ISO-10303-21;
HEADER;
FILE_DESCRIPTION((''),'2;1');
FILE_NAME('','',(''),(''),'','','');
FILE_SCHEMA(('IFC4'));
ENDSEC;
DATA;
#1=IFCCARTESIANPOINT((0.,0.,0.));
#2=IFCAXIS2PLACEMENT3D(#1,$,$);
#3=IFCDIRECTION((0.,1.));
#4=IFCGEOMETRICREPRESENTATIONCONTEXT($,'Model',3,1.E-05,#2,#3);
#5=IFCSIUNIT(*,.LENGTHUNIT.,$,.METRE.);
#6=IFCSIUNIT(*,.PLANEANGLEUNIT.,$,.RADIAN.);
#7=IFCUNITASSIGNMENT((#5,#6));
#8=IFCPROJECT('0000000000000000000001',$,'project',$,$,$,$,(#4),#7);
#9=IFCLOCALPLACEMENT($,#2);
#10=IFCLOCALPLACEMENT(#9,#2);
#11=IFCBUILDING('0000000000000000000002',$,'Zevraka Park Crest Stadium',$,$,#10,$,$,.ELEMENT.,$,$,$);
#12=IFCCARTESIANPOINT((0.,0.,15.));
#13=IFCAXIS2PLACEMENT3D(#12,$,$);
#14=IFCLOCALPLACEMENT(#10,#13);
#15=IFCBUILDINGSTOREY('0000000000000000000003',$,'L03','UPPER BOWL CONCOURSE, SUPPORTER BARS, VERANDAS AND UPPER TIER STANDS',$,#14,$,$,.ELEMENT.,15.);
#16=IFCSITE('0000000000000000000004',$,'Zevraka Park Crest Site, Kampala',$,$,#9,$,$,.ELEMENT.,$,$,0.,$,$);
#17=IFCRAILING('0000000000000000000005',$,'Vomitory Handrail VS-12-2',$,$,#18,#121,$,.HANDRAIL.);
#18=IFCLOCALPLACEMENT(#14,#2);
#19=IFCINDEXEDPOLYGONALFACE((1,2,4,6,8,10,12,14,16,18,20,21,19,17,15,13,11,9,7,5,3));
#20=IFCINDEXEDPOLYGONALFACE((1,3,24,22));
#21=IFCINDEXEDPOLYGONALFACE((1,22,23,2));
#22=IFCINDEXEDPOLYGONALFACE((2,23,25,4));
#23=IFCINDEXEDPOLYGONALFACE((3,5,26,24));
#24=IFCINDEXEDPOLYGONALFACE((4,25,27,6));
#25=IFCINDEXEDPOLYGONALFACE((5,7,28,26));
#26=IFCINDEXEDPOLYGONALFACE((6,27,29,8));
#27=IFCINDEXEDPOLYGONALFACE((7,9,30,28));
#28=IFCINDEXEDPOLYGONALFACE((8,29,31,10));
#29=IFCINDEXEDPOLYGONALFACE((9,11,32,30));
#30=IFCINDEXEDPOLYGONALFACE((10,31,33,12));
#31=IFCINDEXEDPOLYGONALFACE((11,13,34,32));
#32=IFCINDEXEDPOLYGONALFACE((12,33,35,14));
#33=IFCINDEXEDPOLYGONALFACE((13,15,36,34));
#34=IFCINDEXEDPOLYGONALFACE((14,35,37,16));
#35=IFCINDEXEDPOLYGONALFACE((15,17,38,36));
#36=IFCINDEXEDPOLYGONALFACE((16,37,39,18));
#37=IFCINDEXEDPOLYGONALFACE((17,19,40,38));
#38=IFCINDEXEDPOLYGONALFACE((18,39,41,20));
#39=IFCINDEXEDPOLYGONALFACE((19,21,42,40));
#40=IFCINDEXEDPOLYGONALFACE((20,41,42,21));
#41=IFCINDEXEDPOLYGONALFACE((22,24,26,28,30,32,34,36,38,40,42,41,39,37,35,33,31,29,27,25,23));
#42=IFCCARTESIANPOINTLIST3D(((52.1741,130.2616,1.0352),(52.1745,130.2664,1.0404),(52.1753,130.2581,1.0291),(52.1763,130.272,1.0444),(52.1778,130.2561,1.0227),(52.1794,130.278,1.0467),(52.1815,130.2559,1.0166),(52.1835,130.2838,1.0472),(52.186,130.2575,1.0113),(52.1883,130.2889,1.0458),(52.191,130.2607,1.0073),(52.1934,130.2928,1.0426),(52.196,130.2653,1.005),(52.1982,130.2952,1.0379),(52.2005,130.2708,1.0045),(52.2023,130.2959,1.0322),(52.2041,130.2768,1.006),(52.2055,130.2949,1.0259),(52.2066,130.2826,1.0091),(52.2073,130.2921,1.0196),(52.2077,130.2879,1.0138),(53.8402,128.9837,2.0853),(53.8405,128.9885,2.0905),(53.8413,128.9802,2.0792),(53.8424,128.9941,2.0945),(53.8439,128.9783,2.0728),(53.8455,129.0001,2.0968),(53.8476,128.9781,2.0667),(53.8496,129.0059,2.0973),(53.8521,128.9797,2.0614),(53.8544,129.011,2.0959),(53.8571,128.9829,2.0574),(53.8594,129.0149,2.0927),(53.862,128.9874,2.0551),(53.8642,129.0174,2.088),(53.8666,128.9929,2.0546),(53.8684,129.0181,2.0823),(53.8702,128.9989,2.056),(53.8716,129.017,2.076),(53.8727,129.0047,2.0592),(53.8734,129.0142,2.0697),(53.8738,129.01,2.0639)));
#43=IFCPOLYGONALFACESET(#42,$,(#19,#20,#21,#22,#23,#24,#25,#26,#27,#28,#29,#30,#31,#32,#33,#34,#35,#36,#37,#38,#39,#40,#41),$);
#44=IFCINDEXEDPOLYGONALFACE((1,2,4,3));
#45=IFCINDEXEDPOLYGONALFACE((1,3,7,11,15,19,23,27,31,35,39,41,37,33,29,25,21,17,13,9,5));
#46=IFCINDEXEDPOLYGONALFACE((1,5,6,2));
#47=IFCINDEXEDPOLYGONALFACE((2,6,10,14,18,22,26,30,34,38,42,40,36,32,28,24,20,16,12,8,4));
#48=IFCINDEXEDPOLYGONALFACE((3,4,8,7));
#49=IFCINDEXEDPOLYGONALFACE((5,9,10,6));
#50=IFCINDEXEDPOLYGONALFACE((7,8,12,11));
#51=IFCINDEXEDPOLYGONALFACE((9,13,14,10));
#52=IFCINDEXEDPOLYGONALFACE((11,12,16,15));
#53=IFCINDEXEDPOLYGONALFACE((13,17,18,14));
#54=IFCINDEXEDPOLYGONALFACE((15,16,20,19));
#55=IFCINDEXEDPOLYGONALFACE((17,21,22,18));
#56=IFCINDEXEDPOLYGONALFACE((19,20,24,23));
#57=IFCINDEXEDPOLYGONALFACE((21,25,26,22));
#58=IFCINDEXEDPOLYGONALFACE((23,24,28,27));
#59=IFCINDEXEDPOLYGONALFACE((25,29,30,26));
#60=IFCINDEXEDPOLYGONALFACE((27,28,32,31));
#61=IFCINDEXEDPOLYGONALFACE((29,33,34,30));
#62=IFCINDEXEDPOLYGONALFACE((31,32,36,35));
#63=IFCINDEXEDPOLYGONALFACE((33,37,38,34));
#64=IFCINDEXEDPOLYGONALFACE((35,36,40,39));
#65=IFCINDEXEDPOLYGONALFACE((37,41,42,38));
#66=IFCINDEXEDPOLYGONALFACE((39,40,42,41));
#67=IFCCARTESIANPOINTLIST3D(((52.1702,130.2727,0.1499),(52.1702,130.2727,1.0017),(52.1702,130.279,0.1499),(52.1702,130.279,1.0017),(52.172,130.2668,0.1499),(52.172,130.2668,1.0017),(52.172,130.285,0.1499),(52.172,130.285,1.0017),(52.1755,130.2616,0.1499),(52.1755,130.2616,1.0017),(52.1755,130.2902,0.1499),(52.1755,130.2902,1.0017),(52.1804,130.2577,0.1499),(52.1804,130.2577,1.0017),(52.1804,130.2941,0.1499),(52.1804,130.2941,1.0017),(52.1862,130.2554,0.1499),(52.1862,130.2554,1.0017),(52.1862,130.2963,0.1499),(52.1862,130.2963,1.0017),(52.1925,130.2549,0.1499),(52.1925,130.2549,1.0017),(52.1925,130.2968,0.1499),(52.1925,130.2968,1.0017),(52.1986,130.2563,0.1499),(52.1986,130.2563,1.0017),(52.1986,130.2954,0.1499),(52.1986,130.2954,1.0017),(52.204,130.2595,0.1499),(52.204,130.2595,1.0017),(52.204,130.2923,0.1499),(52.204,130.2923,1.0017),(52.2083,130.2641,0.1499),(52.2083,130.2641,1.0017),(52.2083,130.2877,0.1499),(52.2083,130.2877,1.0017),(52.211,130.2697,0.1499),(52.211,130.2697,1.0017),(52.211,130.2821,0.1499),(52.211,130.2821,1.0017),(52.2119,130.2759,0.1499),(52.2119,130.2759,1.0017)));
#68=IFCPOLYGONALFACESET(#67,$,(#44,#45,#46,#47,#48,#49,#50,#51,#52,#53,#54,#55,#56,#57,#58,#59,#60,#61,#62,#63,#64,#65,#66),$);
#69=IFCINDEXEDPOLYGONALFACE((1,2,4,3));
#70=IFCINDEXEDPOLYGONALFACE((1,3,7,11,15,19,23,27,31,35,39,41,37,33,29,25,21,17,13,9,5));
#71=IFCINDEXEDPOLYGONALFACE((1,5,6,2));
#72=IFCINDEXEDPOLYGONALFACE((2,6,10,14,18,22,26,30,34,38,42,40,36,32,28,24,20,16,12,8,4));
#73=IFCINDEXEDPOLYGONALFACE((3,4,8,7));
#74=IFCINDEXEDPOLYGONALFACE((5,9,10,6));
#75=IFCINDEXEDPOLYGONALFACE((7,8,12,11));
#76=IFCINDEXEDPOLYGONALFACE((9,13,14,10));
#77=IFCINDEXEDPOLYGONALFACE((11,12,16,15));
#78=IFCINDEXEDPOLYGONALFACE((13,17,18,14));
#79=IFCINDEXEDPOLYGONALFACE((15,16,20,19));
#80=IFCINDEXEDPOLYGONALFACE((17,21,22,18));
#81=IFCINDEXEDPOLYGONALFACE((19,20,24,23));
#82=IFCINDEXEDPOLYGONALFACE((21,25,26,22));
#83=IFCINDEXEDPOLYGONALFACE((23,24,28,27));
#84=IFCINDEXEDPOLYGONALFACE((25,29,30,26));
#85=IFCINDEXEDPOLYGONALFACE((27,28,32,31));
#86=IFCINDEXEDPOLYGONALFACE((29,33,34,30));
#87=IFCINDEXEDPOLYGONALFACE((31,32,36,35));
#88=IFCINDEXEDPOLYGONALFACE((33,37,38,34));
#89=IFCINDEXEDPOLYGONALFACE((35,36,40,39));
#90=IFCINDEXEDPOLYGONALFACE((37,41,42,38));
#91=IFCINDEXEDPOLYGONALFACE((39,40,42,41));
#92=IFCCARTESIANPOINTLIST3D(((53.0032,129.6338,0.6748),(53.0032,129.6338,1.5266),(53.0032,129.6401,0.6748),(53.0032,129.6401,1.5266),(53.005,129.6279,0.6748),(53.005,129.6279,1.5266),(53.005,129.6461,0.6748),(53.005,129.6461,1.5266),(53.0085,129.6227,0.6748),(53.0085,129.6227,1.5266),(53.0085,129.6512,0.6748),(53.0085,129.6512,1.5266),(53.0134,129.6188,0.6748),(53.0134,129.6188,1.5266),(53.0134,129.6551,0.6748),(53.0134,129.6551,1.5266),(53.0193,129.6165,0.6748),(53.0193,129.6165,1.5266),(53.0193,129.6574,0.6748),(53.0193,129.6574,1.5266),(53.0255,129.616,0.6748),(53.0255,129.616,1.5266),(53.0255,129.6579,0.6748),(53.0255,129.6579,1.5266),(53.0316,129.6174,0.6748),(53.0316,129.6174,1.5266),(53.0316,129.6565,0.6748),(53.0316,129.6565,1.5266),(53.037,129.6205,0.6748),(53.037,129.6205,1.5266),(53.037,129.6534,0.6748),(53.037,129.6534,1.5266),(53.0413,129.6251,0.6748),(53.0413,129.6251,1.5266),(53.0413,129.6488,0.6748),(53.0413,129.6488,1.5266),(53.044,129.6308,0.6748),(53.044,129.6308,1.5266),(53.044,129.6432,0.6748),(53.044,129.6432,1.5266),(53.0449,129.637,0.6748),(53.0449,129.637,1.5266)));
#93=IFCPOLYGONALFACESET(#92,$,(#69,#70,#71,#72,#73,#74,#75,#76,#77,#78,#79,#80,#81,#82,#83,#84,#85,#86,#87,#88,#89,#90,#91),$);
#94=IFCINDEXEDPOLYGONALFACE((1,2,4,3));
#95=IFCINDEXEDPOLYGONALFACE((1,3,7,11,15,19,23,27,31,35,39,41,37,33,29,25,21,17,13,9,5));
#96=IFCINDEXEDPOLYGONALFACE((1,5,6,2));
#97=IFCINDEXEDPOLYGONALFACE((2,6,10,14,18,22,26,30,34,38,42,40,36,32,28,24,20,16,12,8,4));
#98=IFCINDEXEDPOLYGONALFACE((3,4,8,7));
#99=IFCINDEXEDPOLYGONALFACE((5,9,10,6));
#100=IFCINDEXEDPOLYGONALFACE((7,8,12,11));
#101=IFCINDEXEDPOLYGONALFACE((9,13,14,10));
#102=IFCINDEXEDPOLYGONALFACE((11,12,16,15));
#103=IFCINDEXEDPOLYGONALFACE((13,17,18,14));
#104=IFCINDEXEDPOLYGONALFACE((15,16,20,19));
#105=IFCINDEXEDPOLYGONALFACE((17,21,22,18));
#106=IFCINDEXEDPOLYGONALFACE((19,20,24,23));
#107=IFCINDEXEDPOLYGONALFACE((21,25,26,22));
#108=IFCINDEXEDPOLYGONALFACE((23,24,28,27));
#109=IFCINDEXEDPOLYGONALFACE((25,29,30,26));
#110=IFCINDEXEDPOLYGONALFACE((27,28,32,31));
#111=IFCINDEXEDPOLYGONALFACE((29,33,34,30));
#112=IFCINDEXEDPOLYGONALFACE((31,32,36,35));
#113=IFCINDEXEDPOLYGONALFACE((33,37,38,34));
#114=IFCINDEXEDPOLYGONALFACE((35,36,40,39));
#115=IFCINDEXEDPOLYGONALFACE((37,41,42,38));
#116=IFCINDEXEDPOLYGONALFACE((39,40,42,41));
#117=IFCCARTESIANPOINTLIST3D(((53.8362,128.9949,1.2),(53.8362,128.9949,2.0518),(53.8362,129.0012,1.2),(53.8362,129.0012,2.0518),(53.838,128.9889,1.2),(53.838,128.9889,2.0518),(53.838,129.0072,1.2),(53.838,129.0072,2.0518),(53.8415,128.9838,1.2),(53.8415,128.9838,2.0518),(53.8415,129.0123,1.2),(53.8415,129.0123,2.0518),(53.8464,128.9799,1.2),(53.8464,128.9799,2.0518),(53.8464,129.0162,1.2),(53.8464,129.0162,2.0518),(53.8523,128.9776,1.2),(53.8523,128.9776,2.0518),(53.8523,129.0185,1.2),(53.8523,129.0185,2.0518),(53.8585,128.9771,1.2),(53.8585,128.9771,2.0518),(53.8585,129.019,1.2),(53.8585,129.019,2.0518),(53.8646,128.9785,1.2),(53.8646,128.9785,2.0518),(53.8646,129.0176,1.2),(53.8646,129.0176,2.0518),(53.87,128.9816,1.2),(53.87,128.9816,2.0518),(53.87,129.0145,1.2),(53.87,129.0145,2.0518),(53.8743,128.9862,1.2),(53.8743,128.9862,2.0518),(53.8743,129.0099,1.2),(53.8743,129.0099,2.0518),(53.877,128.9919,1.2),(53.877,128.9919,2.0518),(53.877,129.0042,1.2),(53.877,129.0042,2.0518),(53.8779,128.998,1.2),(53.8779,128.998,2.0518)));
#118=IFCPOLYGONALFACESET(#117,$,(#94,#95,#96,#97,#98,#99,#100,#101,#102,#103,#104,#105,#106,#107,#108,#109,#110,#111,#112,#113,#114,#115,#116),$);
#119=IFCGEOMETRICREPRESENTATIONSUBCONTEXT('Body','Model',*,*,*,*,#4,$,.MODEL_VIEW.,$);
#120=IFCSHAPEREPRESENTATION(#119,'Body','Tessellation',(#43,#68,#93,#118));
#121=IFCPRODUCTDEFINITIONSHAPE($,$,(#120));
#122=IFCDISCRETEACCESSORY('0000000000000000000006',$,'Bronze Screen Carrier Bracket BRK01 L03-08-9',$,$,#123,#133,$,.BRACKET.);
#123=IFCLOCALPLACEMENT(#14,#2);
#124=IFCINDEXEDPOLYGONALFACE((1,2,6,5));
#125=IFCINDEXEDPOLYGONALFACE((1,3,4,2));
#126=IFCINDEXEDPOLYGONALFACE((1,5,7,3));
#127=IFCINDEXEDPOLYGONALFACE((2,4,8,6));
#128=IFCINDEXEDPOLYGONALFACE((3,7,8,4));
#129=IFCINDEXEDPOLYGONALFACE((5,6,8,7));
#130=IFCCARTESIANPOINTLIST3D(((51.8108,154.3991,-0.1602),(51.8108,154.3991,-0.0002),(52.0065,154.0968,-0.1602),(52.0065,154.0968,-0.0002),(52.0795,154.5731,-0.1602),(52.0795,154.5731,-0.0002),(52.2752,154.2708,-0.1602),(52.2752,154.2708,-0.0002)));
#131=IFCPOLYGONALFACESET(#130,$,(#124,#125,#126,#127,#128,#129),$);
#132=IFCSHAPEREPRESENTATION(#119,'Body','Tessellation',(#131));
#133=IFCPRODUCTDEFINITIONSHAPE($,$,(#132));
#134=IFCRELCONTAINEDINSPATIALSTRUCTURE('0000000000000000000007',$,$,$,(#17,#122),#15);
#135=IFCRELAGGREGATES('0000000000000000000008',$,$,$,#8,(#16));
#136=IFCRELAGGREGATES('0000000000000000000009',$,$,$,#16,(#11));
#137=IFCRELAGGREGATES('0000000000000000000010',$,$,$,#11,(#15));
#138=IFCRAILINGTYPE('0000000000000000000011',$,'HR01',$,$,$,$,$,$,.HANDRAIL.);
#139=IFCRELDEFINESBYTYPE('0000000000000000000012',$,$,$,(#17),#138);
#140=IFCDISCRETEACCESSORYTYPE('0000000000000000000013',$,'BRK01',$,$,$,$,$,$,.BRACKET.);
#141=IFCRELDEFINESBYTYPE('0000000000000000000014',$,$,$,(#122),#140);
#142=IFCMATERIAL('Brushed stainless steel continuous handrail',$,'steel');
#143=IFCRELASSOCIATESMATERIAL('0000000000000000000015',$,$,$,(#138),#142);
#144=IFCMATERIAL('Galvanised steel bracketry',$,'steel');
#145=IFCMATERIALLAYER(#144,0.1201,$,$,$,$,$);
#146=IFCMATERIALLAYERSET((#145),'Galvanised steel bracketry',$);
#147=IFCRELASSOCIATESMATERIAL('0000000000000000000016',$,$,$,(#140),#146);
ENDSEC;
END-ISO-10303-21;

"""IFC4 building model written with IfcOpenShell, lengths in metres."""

from ifc_helpers import new_model, si_unit, direction, frame, origin, origin_2d, place, context, subcontext, project, spatial, rectangle, circle, extrude, material, layer, layer_set, type_object, element, save


model = new_model("IFC4")

# Units and contexts
model_context = context("Model", 3, precision=1e-05, world=origin(), true_north=direction((0.0, 1.0)))
body_context = subcontext(model_context, "Body", "Model", "MODEL_VIEW")
ifc_project = project(units=[si_unit("LENGTHUNIT", "METRE"), si_unit("PLANEANGLEUNIT", "RADIAN")], contexts=[model_context])

# Site, building, storey
site_placement = place(None, origin())
site = spatial("IfcSite", under=ifc_project, at=site_placement, Name="Zevraka Park Crest Site, Kampala", CompositionType="ELEMENT", RefElevation=0.0)
building_placement = place(site_placement, origin())
building = spatial("IfcBuilding", under=site, at=building_placement, Name="Zevraka Park Crest Stadium", CompositionType="ELEMENT")
storey_placement = place(building_placement, frame((0.0, 0.0, 15.0)))
storey = spatial("IfcBuildingStorey", under=building, at=storey_placement, Name="L03", Description="UPPER BOWL CONCOURSE, SUPPORTER BARS, VERANDAS AND UPPER TIER STANDS", CompositionType="ELEMENT", Elevation=15.0)

# Railing
ifc_material_1 = material(Name="Brushed stainless steel continuous handrail", Category="steel")
railing_type_1 = type_object("IfcRailingType", Name="HR01", PredefinedType="HANDRAIL", material=ifc_material_1)
railing_1_placement = place(storey_placement, frame((52.1909, 130.2759, 0.1499)))
element("IfcRailing", 1, at=railing_1_placement, inside=storey, type_object=railing_type_1, Name="Vomitory Handrail VS-12-2", PredefinedType="HANDRAIL", context=body_context, shape_type="SweptSolid", body=[
    extrude(circle(Radius=0.0239, at=origin_2d()), frame((0.0, 0.0, 0.876), z_axis=(0.709678, -0.544322, 0.447293), x_axis=(0.608598, 0.793479, 0.0)), (0.0, 0.0, 1.0), 2.3477),
    extrude(circle(Radius=0.021, at=origin_2d()), origin(), (0.0, 0.0, 1.0), 0.8518),
    extrude(circle(Radius=0.021, at=origin_2d()), frame((0.833, -0.6389, 0.5249)), (0.0, 0.0, 1.0), 0.8518),
    extrude(circle(Radius=0.021, at=origin_2d()), frame((1.666, -1.2778, 1.05)), (0.0, 0.0, 1.0), 0.8518),
])

# Discrete accessory
ifc_material_2 = material(Name="Galvanised steel bracketry", Category="steel")
ifc_layer_1 = layer(ifc_material_2, 0.1201)
ifc_layer_set_1 = layer_set([ifc_layer_1], Name="Galvanised steel bracketry")
discrete_accessory_type = type_object("IfcDiscreteAccessoryType", Name="BRK01", PredefinedType="BRACKET", material=ifc_layer_set_1)
discrete_accessory_placement = place(storey_placement, frame((52.043, 154.335, -0.1602), z_axis=(0.0, 0.0, 1.0), x_axis=(-0.83943, -0.543467, 0.0)))
element("IfcDiscreteAccessory", 2, at=discrete_accessory_placement, inside=storey, type_object=discrete_accessory_type, Name="Bronze Screen Carrier Bracket BRK01 L03-08-9", PredefinedType="BRACKET", context=body_context, shape_type="SweptSolid", body=[
    extrude(rectangle(XDim=0.3201, YDim=0.3601, at=origin_2d()), origin(), (0.0, 0.0, 1.0), 0.1599),
])

save(model, "model.ifc")
